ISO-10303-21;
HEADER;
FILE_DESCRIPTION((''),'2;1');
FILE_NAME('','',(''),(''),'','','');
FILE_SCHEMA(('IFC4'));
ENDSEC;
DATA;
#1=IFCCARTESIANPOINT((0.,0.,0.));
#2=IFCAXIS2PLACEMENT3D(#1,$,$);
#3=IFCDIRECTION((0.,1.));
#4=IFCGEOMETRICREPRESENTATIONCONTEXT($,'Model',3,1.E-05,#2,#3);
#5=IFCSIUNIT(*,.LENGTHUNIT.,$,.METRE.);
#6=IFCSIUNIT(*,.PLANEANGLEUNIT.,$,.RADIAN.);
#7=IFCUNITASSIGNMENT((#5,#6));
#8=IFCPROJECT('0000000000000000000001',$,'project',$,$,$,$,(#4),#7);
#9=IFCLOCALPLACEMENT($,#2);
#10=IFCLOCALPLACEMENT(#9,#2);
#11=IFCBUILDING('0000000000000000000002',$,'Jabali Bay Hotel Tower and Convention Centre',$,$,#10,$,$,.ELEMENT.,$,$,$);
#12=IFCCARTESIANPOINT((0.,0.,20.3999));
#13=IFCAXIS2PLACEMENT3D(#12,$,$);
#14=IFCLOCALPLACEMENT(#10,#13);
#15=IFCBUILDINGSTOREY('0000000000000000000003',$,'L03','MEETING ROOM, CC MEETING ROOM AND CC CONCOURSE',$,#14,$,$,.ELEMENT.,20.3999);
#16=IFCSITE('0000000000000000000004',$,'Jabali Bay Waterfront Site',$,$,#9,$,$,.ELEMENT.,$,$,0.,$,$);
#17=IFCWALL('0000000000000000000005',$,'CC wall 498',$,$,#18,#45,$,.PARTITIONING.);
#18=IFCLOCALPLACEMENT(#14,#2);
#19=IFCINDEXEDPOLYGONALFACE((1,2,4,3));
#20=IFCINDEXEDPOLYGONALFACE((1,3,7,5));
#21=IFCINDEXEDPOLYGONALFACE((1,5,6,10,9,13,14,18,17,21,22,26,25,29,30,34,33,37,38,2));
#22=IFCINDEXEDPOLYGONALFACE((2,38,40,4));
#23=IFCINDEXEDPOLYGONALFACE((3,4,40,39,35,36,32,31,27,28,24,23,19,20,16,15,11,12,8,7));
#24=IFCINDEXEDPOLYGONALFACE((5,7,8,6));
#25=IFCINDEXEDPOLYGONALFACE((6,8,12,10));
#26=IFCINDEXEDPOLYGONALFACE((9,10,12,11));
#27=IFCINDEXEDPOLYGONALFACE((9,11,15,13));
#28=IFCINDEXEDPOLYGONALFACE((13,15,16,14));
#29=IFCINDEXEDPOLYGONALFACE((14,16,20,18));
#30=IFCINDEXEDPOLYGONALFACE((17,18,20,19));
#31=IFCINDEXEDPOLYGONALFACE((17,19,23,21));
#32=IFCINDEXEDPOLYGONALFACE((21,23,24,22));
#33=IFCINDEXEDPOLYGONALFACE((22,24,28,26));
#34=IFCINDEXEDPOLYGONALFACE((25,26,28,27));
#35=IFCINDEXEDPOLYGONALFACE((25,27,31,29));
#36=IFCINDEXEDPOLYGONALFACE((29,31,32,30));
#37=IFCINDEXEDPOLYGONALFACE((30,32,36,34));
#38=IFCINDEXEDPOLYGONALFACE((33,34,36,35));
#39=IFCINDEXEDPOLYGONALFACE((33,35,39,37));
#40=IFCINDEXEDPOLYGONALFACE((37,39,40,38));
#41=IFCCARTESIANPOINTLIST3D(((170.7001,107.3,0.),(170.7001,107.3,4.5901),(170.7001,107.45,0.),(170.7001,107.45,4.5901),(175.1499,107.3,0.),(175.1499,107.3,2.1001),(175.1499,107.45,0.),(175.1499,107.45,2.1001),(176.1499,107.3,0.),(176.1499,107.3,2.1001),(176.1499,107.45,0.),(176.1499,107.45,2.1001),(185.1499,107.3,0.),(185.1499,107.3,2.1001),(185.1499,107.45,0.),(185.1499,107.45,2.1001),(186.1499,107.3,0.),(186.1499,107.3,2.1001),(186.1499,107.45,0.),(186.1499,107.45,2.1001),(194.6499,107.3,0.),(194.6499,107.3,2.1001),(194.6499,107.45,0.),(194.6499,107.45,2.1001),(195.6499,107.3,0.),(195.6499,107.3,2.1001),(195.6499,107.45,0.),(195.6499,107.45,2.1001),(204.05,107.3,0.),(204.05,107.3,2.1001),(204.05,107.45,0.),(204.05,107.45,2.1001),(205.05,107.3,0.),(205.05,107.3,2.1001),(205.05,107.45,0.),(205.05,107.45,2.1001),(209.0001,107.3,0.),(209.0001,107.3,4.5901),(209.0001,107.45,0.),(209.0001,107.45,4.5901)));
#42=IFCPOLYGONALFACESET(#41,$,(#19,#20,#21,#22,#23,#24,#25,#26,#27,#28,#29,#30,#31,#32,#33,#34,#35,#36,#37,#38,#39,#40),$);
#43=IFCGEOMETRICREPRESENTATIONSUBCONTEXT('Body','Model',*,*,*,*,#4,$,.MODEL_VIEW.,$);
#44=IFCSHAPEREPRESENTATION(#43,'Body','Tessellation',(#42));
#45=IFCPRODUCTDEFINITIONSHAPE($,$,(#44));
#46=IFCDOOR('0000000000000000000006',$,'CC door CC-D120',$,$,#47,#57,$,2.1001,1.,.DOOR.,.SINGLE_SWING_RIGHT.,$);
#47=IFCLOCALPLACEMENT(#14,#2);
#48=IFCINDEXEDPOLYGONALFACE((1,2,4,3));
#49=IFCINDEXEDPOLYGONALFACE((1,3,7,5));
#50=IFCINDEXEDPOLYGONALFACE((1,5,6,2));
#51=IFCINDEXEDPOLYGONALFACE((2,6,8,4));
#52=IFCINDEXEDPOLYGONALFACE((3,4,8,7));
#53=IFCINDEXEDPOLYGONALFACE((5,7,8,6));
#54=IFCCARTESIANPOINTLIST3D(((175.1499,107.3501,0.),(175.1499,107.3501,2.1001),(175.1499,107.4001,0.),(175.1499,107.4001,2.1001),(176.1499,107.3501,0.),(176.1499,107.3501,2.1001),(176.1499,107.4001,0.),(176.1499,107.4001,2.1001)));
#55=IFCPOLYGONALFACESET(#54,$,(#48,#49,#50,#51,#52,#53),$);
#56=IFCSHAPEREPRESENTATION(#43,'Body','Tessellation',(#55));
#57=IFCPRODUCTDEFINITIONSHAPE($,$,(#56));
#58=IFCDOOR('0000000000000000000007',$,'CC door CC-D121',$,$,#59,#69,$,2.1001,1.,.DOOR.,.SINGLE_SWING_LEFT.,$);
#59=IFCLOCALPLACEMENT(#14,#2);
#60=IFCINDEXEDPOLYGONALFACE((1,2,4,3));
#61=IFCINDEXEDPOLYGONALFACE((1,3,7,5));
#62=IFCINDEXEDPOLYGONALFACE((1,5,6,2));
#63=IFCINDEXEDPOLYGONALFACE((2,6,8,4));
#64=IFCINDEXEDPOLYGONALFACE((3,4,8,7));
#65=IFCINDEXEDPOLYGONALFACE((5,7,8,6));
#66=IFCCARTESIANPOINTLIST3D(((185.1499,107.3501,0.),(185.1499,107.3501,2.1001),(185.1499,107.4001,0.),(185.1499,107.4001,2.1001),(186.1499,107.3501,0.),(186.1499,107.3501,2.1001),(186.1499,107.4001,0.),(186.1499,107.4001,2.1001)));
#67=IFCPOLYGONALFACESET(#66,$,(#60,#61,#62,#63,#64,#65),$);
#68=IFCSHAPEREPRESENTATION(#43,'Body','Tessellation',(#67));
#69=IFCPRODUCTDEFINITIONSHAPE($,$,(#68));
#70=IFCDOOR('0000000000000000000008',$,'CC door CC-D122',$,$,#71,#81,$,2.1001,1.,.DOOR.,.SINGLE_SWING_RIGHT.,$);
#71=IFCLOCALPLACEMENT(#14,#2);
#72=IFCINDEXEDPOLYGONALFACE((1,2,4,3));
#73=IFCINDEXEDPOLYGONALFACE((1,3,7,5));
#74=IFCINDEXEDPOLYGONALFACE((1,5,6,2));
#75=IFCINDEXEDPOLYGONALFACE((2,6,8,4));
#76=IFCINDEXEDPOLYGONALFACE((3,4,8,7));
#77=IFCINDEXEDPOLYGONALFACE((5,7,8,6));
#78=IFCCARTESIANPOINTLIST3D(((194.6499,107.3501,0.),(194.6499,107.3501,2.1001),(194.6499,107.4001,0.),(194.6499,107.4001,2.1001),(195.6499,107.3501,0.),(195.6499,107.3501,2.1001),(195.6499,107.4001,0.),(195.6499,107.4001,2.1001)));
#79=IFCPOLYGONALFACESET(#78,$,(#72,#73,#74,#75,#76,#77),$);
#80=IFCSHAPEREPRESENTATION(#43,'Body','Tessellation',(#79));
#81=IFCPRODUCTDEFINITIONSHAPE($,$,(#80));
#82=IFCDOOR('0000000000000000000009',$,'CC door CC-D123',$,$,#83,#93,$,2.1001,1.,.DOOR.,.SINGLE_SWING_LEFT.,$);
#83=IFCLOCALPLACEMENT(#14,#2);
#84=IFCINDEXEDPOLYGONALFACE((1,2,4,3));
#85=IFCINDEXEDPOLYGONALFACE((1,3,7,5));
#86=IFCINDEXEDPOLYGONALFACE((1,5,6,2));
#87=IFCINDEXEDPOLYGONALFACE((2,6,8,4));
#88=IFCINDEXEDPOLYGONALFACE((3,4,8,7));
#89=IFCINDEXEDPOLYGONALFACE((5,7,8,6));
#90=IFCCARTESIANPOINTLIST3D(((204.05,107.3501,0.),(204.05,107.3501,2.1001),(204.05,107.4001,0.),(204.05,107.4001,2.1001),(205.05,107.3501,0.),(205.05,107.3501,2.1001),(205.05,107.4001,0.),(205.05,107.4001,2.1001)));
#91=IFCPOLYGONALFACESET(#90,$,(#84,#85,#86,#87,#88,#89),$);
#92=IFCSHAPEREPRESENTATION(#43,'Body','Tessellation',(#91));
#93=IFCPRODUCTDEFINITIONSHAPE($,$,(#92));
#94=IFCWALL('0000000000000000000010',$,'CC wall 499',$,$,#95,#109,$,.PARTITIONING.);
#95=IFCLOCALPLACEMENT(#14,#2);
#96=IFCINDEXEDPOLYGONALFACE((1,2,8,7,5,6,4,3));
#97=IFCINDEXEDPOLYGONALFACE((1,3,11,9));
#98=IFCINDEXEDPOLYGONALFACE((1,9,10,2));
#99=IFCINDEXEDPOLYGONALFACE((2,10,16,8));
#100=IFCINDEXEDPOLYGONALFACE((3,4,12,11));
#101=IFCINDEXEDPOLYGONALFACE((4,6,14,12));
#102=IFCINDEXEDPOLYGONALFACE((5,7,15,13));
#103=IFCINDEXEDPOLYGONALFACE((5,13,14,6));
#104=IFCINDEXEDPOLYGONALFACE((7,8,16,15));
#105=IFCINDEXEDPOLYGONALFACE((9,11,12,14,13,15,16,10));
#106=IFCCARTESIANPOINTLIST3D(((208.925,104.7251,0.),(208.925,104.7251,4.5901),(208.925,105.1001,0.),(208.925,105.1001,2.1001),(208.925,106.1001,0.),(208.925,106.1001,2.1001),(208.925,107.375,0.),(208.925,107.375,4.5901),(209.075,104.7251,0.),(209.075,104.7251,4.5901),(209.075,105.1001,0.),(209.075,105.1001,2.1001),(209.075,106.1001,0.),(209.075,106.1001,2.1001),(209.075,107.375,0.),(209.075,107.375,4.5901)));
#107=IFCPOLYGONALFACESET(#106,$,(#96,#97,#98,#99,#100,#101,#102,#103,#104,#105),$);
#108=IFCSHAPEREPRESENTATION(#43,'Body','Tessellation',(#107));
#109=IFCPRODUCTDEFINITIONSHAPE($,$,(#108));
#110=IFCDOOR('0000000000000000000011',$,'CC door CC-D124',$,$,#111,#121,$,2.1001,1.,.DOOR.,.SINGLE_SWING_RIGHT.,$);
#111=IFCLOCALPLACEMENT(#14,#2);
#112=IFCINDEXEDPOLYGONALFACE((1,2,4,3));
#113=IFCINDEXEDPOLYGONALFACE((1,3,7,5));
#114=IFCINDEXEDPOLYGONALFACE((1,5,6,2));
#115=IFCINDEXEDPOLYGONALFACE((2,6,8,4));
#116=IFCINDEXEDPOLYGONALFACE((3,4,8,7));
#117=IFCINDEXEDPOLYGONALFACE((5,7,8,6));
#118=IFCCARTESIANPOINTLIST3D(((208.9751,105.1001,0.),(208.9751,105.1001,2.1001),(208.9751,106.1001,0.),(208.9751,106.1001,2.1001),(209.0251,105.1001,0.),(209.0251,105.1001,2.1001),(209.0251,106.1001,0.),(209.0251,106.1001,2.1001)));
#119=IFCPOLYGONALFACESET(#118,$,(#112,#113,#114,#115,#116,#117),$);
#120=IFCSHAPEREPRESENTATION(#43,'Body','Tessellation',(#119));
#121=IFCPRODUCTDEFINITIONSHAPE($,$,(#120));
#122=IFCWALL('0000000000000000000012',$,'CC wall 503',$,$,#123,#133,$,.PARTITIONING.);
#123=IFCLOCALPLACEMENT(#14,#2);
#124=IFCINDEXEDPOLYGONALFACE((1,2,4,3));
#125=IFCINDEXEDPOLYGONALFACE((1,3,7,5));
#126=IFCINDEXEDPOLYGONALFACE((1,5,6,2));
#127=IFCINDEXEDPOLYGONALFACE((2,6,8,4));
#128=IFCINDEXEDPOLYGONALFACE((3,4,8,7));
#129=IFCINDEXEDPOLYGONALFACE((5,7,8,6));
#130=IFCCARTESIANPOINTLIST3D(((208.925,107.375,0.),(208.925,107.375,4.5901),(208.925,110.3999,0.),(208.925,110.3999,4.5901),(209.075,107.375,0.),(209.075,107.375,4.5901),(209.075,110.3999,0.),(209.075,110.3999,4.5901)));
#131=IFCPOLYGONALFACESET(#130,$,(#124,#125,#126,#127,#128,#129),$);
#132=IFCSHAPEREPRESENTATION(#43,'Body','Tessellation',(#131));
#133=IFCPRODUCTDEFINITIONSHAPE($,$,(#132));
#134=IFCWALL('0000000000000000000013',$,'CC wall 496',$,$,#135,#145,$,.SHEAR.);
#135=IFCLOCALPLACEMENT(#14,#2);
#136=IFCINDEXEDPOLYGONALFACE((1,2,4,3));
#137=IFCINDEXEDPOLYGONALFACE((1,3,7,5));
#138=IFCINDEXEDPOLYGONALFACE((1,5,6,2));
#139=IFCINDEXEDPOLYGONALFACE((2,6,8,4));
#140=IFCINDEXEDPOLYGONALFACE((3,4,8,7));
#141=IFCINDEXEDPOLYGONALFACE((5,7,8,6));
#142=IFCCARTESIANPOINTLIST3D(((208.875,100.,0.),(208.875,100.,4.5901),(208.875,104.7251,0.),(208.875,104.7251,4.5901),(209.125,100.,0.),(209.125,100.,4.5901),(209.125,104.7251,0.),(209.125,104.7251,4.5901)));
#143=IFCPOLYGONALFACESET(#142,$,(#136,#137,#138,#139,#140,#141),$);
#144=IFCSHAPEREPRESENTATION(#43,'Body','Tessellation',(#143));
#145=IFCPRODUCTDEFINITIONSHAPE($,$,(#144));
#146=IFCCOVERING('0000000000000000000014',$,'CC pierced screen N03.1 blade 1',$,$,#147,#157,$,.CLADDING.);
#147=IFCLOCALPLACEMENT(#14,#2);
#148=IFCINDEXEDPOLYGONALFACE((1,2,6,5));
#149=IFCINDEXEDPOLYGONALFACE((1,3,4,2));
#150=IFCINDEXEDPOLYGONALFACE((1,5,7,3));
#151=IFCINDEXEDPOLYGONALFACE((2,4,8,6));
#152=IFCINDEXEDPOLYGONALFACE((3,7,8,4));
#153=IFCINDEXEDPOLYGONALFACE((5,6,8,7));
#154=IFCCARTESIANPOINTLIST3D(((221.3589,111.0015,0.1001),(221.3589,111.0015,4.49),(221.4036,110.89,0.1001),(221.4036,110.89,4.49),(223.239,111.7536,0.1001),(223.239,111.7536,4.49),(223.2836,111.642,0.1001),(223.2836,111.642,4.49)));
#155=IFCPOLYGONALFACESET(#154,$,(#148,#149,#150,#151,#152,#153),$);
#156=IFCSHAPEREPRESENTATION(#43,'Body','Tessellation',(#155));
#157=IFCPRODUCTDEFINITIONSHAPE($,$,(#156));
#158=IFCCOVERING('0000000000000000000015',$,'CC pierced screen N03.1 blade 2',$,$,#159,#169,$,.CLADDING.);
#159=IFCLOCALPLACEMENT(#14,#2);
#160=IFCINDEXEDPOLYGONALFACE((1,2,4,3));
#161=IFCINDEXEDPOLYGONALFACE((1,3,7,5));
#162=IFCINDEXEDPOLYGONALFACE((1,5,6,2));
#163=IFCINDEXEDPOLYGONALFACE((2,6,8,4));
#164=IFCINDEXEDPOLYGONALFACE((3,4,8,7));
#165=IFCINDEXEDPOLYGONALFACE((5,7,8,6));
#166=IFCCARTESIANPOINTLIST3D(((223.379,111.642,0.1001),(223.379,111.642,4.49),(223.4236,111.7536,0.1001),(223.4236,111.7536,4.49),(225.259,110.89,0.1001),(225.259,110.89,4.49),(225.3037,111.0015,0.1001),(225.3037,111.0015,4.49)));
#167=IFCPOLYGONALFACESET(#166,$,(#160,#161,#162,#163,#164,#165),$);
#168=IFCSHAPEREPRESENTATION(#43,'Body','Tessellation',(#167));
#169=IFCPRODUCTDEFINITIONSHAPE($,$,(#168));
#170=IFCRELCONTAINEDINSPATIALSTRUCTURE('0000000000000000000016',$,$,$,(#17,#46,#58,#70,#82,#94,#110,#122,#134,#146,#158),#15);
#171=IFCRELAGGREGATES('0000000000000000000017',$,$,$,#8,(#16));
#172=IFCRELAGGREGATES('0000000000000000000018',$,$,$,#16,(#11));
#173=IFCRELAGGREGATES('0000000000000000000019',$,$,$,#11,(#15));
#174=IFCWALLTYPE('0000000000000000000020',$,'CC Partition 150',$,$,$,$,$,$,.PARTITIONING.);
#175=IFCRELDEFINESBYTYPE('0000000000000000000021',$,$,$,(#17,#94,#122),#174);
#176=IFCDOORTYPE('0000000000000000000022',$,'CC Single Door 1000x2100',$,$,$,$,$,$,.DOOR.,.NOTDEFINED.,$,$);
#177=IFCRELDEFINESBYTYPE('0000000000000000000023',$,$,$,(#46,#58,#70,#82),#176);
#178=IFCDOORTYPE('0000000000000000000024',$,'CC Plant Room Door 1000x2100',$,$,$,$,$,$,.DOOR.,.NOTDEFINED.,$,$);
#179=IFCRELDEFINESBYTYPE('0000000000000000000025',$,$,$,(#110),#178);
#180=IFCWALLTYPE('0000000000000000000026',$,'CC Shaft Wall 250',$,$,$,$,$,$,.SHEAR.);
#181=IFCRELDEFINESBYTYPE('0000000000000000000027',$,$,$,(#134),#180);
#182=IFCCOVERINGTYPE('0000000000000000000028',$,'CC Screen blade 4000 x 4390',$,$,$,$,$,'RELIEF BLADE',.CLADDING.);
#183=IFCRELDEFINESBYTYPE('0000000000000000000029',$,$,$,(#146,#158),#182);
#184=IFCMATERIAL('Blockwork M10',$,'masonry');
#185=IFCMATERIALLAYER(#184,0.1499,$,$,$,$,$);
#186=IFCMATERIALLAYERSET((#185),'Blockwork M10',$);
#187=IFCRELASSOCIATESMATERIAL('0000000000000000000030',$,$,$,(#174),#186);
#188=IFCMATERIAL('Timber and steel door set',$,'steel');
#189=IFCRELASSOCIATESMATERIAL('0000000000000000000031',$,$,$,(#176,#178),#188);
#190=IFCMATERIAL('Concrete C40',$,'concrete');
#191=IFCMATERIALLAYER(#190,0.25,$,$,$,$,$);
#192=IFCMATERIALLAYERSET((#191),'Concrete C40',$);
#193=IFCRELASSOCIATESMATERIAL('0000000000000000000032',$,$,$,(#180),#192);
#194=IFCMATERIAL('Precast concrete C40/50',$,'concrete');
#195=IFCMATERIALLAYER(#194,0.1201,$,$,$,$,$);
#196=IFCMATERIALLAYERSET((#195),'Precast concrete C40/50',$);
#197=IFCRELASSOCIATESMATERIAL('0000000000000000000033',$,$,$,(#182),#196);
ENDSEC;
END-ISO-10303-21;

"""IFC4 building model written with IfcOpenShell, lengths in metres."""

from ifc_helpers import new_model, si_unit, direction, frame, frame_2d, origin, origin_2d, place, context, subcontext, project, spatial, rectangle, extrude, material, layer, layer_set, type_object, element, fill, save


model = new_model("IFC4")

# Units and contexts
model_context = context("Model", 3, precision=1e-05, world=origin(), true_north=direction((0.0, 1.0)))
body_context = subcontext(model_context, "Body", "Model", "MODEL_VIEW")
ifc_project = project(units=[si_unit("LENGTHUNIT", "METRE"), si_unit("PLANEANGLEUNIT", "RADIAN")], contexts=[model_context])

# Site, building, storey
site_placement = place(None, origin())
site = spatial("IfcSite", under=ifc_project, at=site_placement, Name="Jabali Bay Waterfront Site", CompositionType="ELEMENT", RefElevation=0.0)
building_placement = place(site_placement, origin())
building = spatial("IfcBuilding", under=site, at=building_placement, Name="Jabali Bay Hotel Tower and Convention Centre", CompositionType="ELEMENT")
storey_placement = place(building_placement, frame((0.0, 0.0, 20.3999)))
storey = spatial("IfcBuildingStorey", under=building, at=storey_placement, Name="L03", Description="MEETING ROOM, CC MEETING ROOM AND CC CONCOURSE", CompositionType="ELEMENT", Elevation=20.3999)

# Shared definitions
ifc_material_1 = material(Name="Precast concrete C40/50", Category="concrete")

# Shared definitions
ifc_material_2 = material(Name="Concrete C40", Category="concrete")

# Wall, openings, doors
ifc_material_3 = material(Name="Blockwork M10", Category="masonry")
ifc_layer_1 = layer(ifc_material_3, 0.1499)
ifc_layer_set_1 = layer_set([ifc_layer_1], Name="Blockwork M10")
wall_type_1 = type_object("IfcWallType", Name="CC Partition 150", PredefinedType="PARTITIONING", material=ifc_layer_set_1)
wall_1_placement = place(storey_placement, frame((209.0, 107.375, 0.0), z_axis=(0.0, 0.0, 1.0), x_axis=(-1.0, 0.0, 0.0)))
wall_1 = element("IfcWall", 1, at=wall_1_placement, inside=storey, type_object=wall_type_1, Name="CC wall 498", PredefinedType="PARTITIONING", context=body_context, shape_type="SweptSolid", body=[
    extrude(rectangle(XDim=38.3, YDim=0.1499, at=frame_2d((19.1499, 0.0))), origin(), (0.0, 0.0, 1.0), 4.5901),
])
opening_1_placement = place(wall_1_placement, frame((32.8501, 0.0, 0.0)))
opening_1 = element("IfcOpeningElement", 2, at=opening_1_placement, cuts=wall_1, PredefinedType="OPENING", context=body_context, shape_type="SweptSolid", body=[
    extrude(rectangle(XDim=1.0, YDim=2.1001, at=frame_2d((0.5, 1.05))), frame((0.0, 0.0854, 0.0), z_axis=(0.0, -1.0, 0.0), x_axis=(1.0, 0.0, 0.0)), (0.0, 0.0, 1.0), 0.1709),
])
opening_2_placement = place(wall_1_placement, frame((22.8501, 0.0, 0.0)))
opening_2 = element("IfcOpeningElement", 3, at=opening_2_placement, cuts=wall_1, PredefinedType="OPENING", context=body_context, shape_type="SweptSolid", body=[
    extrude(rectangle(XDim=1.0, YDim=2.1001, at=frame_2d((0.5, 1.05))), frame((0.0, 0.0854, 0.0), z_axis=(0.0, -1.0, 0.0), x_axis=(1.0, 0.0, 0.0)), (0.0, 0.0, 1.0), 0.1709),
])
opening_3_placement = place(wall_1_placement, frame((13.3501, 0.0, 0.0)))
opening_3 = element("IfcOpeningElement", 4, at=opening_3_placement, cuts=wall_1, PredefinedType="OPENING", context=body_context, shape_type="SweptSolid", body=[
    extrude(rectangle(XDim=1.0, YDim=2.1001, at=frame_2d((0.5, 1.05))), frame((0.0, 0.0854, 0.0), z_axis=(0.0, -1.0, 0.0), x_axis=(1.0, 0.0, 0.0)), (0.0, 0.0, 1.0), 0.1709),
])
opening_4_placement = place(wall_1_placement, frame((3.95, 0.0, 0.0)))
opening_4 = element("IfcOpeningElement", 5, at=opening_4_placement, cuts=wall_1, PredefinedType="OPENING", context=body_context, shape_type="SweptSolid", body=[
    extrude(rectangle(XDim=1.0, YDim=2.1001, at=frame_2d((0.5, 1.05))), frame((0.0, 0.0854, 0.0), z_axis=(0.0, -1.0, 0.0), x_axis=(1.0, 0.0, 0.0)), (0.0, 0.0, 1.0), 0.1709),
])
ifc_material_4 = material(Name="Timber and steel door set", Category="steel")
door_type_1 = type_object("IfcDoorType", Name="CC Single Door 1000x2100", OperationType="NOTDEFINED", PredefinedType="DOOR", material=ifc_material_4)
door_1_placement = place(opening_1_placement, origin())
door_1 = element("IfcDoor", 6, at=door_1_placement, inside=storey, type_object=door_type_1, Name="CC door CC-D120", OperationType="SINGLE_SWING_RIGHT", OverallHeight=2.1001, OverallWidth=1.0, PredefinedType="DOOR", context=body_context, shape_type="SweptSolid", body=[
    extrude(rectangle(XDim=1.0, YDim=2.1001, at=frame_2d((0.5, 1.05))), frame((0.0, 0.0249, 0.0), z_axis=(0.0, -1.0, 0.0), x_axis=(1.0, 0.0, 0.0)), (0.0, 0.0, 1.0), 0.05),
])
fill(opening_1, door_1)
door_2_placement = place(opening_2_placement, origin())
door_2 = element("IfcDoor", 7, at=door_2_placement, inside=storey, type_object=door_type_1, Name="CC door CC-D121", OperationType="SINGLE_SWING_LEFT", OverallHeight=2.1001, OverallWidth=1.0, PredefinedType="DOOR", context=body_context, shape_type="SweptSolid", body=[
    extrude(rectangle(XDim=1.0, YDim=2.1001, at=frame_2d((0.5, 1.05))), frame((0.0, 0.0249, 0.0), z_axis=(0.0, -1.0, 0.0), x_axis=(1.0, 0.0, 0.0)), (0.0, 0.0, 1.0), 0.05),
])
fill(opening_2, door_2)
door_3_placement = place(opening_3_placement, origin())
door_3 = element("IfcDoor", 8, at=door_3_placement, inside=storey, type_object=door_type_1, Name="CC door CC-D122", OperationType="SINGLE_SWING_RIGHT", OverallHeight=2.1001, OverallWidth=1.0, PredefinedType="DOOR", context=body_context, shape_type="SweptSolid", body=[
    extrude(rectangle(XDim=1.0, YDim=2.1001, at=frame_2d((0.5, 1.05))), frame((0.0, 0.0249, 0.0), z_axis=(0.0, -1.0, 0.0), x_axis=(1.0, 0.0, 0.0)), (0.0, 0.0, 1.0), 0.05),
])
fill(opening_3, door_3)
door_4_placement = place(opening_4_placement, origin())
door_4 = element("IfcDoor", 9, at=door_4_placement, inside=storey, type_object=door_type_1, Name="CC door CC-D123", OperationType="SINGLE_SWING_LEFT", OverallHeight=2.1001, OverallWidth=1.0, PredefinedType="DOOR", context=body_context, shape_type="SweptSolid", body=[
    extrude(rectangle(XDim=1.0, YDim=2.1001, at=frame_2d((0.5, 1.05))), frame((0.0, 0.0249, 0.0), z_axis=(0.0, -1.0, 0.0), x_axis=(1.0, 0.0, 0.0)), (0.0, 0.0, 1.0), 0.05),
])
fill(opening_4, door_4)

# Wall, opening, door
wall_2_placement = place(storey_placement, frame((209.0, 104.7251, 0.0), z_axis=(0.0, 0.0, 1.0), x_axis=(0.0, 1.0, 0.0)))
wall_2 = element("IfcWall", 10, at=wall_2_placement, inside=storey, type_object=wall_type_1, Name="CC wall 499", PredefinedType="PARTITIONING", context=body_context, shape_type="SweptSolid", body=[
    extrude(rectangle(XDim=2.6499, YDim=0.1499, at=frame_2d((1.325, 0.0))), origin(), (0.0, 0.0, 1.0), 4.5901),
])
opening_5_placement = place(wall_2_placement, frame((0.375, 0.0, 0.0)))
opening_5 = element("IfcOpeningElement", 11, at=opening_5_placement, cuts=wall_2, PredefinedType="OPENING", context=body_context, shape_type="SweptSolid", body=[
    extrude(rectangle(XDim=1.0, YDim=2.1001, at=frame_2d((0.5, 1.05))), frame((0.0, 0.0854, 0.0), z_axis=(0.0, -1.0, 0.0), x_axis=(1.0, 0.0, 0.0)), (0.0, 0.0, 1.0), 0.1709),
])
door_type_2 = type_object("IfcDoorType", Name="CC Plant Room Door 1000x2100", OperationType="NOTDEFINED", PredefinedType="DOOR", material=ifc_material_4)
door_5_placement = place(opening_5_placement, origin())
door_5 = element("IfcDoor", 12, at=door_5_placement, inside=storey, type_object=door_type_2, Name="CC door CC-D124", OperationType="SINGLE_SWING_RIGHT", OverallHeight=2.1001, OverallWidth=1.0, PredefinedType="DOOR", context=body_context, shape_type="SweptSolid", body=[
    extrude(rectangle(XDim=1.0, YDim=2.1001, at=frame_2d((0.5, 1.05))), frame((0.0, 0.0249, 0.0), z_axis=(0.0, -1.0, 0.0), x_axis=(1.0, 0.0, 0.0)), (0.0, 0.0, 1.0), 0.05),
])
fill(opening_5, door_5)

# Walls
wall_3_placement = place(storey_placement, frame((209.0, 107.375, 0.0), z_axis=(0.0, 0.0, 1.0), x_axis=(0.0, 1.0, 0.0)))
element("IfcWall", 13, at=wall_3_placement, inside=storey, type_object=wall_type_1, Name="CC wall 503", PredefinedType="PARTITIONING", context=body_context, shape_type="SweptSolid", body=[
    extrude(rectangle(XDim=3.0249, YDim=0.1499, at=frame_2d((1.5125, 0.0))), origin(), (0.0, 0.0, 1.0), 4.5901),
])
ifc_layer_2 = layer(ifc_material_2, 0.25)
ifc_layer_set_2 = layer_set([ifc_layer_2], Name="Concrete C40")
wall_type_2 = type_object("IfcWallType", Name="CC Shaft Wall 250", PredefinedType="SHEAR", material=ifc_layer_set_2)
wall_4_placement = place(storey_placement, frame((209.0, 100.0, 0.0), z_axis=(0.0, 0.0, 1.0), x_axis=(0.0, 1.0, 0.0)))
element("IfcWall", 14, at=wall_4_placement, inside=storey, type_object=wall_type_2, Name="CC wall 496", PredefinedType="SHEAR", context=body_context, shape_type="SweptSolid", body=[
    extrude(rectangle(XDim=4.7251, YDim=0.25, at=frame_2d((2.3625, 0.0))), origin(), (0.0, 0.0, 1.0), 4.5901),
])

# Coverings
ifc_layer_3 = layer(ifc_material_1, 0.1201)
ifc_layer_set_3 = layer_set([ifc_layer_3], Name="Precast concrete C40/50")
covering_type = type_object("IfcCoveringType", Name="CC Screen blade 4000 x 4390", ElementType="RELIEF BLADE", PredefinedType="CLADDING", material=ifc_layer_set_3)
for number, where, z_axis, x_axis, name in (
    (15, (222.3213, 111.3218, 0.1001), (0.0, 0.0, 1.0), (0.928477, 0.371391, 0.0), "CC pierced screen N03.1 blade 1"),
    (16, (224.3413, 111.3218, 0.1001), (0.0, 0.0, 1.0), (-0.928477, 0.371391, 0.0), "CC pierced screen N03.1 blade 2"),
):
    element("IfcCovering", number, at=place(storey_placement, frame(where, z_axis=z_axis, x_axis=x_axis)), inside=storey, type_object=covering_type, Name=name, PredefinedType="CLADDING", context=body_context, shape_type="SweptSolid", body=[
        extrude(rectangle(XDim=2.0249, YDim=0.1201, at=origin_2d()), origin(), (0.0, 0.0, 1.0), 4.3899),
    ])

save(model, "model.ifc")
